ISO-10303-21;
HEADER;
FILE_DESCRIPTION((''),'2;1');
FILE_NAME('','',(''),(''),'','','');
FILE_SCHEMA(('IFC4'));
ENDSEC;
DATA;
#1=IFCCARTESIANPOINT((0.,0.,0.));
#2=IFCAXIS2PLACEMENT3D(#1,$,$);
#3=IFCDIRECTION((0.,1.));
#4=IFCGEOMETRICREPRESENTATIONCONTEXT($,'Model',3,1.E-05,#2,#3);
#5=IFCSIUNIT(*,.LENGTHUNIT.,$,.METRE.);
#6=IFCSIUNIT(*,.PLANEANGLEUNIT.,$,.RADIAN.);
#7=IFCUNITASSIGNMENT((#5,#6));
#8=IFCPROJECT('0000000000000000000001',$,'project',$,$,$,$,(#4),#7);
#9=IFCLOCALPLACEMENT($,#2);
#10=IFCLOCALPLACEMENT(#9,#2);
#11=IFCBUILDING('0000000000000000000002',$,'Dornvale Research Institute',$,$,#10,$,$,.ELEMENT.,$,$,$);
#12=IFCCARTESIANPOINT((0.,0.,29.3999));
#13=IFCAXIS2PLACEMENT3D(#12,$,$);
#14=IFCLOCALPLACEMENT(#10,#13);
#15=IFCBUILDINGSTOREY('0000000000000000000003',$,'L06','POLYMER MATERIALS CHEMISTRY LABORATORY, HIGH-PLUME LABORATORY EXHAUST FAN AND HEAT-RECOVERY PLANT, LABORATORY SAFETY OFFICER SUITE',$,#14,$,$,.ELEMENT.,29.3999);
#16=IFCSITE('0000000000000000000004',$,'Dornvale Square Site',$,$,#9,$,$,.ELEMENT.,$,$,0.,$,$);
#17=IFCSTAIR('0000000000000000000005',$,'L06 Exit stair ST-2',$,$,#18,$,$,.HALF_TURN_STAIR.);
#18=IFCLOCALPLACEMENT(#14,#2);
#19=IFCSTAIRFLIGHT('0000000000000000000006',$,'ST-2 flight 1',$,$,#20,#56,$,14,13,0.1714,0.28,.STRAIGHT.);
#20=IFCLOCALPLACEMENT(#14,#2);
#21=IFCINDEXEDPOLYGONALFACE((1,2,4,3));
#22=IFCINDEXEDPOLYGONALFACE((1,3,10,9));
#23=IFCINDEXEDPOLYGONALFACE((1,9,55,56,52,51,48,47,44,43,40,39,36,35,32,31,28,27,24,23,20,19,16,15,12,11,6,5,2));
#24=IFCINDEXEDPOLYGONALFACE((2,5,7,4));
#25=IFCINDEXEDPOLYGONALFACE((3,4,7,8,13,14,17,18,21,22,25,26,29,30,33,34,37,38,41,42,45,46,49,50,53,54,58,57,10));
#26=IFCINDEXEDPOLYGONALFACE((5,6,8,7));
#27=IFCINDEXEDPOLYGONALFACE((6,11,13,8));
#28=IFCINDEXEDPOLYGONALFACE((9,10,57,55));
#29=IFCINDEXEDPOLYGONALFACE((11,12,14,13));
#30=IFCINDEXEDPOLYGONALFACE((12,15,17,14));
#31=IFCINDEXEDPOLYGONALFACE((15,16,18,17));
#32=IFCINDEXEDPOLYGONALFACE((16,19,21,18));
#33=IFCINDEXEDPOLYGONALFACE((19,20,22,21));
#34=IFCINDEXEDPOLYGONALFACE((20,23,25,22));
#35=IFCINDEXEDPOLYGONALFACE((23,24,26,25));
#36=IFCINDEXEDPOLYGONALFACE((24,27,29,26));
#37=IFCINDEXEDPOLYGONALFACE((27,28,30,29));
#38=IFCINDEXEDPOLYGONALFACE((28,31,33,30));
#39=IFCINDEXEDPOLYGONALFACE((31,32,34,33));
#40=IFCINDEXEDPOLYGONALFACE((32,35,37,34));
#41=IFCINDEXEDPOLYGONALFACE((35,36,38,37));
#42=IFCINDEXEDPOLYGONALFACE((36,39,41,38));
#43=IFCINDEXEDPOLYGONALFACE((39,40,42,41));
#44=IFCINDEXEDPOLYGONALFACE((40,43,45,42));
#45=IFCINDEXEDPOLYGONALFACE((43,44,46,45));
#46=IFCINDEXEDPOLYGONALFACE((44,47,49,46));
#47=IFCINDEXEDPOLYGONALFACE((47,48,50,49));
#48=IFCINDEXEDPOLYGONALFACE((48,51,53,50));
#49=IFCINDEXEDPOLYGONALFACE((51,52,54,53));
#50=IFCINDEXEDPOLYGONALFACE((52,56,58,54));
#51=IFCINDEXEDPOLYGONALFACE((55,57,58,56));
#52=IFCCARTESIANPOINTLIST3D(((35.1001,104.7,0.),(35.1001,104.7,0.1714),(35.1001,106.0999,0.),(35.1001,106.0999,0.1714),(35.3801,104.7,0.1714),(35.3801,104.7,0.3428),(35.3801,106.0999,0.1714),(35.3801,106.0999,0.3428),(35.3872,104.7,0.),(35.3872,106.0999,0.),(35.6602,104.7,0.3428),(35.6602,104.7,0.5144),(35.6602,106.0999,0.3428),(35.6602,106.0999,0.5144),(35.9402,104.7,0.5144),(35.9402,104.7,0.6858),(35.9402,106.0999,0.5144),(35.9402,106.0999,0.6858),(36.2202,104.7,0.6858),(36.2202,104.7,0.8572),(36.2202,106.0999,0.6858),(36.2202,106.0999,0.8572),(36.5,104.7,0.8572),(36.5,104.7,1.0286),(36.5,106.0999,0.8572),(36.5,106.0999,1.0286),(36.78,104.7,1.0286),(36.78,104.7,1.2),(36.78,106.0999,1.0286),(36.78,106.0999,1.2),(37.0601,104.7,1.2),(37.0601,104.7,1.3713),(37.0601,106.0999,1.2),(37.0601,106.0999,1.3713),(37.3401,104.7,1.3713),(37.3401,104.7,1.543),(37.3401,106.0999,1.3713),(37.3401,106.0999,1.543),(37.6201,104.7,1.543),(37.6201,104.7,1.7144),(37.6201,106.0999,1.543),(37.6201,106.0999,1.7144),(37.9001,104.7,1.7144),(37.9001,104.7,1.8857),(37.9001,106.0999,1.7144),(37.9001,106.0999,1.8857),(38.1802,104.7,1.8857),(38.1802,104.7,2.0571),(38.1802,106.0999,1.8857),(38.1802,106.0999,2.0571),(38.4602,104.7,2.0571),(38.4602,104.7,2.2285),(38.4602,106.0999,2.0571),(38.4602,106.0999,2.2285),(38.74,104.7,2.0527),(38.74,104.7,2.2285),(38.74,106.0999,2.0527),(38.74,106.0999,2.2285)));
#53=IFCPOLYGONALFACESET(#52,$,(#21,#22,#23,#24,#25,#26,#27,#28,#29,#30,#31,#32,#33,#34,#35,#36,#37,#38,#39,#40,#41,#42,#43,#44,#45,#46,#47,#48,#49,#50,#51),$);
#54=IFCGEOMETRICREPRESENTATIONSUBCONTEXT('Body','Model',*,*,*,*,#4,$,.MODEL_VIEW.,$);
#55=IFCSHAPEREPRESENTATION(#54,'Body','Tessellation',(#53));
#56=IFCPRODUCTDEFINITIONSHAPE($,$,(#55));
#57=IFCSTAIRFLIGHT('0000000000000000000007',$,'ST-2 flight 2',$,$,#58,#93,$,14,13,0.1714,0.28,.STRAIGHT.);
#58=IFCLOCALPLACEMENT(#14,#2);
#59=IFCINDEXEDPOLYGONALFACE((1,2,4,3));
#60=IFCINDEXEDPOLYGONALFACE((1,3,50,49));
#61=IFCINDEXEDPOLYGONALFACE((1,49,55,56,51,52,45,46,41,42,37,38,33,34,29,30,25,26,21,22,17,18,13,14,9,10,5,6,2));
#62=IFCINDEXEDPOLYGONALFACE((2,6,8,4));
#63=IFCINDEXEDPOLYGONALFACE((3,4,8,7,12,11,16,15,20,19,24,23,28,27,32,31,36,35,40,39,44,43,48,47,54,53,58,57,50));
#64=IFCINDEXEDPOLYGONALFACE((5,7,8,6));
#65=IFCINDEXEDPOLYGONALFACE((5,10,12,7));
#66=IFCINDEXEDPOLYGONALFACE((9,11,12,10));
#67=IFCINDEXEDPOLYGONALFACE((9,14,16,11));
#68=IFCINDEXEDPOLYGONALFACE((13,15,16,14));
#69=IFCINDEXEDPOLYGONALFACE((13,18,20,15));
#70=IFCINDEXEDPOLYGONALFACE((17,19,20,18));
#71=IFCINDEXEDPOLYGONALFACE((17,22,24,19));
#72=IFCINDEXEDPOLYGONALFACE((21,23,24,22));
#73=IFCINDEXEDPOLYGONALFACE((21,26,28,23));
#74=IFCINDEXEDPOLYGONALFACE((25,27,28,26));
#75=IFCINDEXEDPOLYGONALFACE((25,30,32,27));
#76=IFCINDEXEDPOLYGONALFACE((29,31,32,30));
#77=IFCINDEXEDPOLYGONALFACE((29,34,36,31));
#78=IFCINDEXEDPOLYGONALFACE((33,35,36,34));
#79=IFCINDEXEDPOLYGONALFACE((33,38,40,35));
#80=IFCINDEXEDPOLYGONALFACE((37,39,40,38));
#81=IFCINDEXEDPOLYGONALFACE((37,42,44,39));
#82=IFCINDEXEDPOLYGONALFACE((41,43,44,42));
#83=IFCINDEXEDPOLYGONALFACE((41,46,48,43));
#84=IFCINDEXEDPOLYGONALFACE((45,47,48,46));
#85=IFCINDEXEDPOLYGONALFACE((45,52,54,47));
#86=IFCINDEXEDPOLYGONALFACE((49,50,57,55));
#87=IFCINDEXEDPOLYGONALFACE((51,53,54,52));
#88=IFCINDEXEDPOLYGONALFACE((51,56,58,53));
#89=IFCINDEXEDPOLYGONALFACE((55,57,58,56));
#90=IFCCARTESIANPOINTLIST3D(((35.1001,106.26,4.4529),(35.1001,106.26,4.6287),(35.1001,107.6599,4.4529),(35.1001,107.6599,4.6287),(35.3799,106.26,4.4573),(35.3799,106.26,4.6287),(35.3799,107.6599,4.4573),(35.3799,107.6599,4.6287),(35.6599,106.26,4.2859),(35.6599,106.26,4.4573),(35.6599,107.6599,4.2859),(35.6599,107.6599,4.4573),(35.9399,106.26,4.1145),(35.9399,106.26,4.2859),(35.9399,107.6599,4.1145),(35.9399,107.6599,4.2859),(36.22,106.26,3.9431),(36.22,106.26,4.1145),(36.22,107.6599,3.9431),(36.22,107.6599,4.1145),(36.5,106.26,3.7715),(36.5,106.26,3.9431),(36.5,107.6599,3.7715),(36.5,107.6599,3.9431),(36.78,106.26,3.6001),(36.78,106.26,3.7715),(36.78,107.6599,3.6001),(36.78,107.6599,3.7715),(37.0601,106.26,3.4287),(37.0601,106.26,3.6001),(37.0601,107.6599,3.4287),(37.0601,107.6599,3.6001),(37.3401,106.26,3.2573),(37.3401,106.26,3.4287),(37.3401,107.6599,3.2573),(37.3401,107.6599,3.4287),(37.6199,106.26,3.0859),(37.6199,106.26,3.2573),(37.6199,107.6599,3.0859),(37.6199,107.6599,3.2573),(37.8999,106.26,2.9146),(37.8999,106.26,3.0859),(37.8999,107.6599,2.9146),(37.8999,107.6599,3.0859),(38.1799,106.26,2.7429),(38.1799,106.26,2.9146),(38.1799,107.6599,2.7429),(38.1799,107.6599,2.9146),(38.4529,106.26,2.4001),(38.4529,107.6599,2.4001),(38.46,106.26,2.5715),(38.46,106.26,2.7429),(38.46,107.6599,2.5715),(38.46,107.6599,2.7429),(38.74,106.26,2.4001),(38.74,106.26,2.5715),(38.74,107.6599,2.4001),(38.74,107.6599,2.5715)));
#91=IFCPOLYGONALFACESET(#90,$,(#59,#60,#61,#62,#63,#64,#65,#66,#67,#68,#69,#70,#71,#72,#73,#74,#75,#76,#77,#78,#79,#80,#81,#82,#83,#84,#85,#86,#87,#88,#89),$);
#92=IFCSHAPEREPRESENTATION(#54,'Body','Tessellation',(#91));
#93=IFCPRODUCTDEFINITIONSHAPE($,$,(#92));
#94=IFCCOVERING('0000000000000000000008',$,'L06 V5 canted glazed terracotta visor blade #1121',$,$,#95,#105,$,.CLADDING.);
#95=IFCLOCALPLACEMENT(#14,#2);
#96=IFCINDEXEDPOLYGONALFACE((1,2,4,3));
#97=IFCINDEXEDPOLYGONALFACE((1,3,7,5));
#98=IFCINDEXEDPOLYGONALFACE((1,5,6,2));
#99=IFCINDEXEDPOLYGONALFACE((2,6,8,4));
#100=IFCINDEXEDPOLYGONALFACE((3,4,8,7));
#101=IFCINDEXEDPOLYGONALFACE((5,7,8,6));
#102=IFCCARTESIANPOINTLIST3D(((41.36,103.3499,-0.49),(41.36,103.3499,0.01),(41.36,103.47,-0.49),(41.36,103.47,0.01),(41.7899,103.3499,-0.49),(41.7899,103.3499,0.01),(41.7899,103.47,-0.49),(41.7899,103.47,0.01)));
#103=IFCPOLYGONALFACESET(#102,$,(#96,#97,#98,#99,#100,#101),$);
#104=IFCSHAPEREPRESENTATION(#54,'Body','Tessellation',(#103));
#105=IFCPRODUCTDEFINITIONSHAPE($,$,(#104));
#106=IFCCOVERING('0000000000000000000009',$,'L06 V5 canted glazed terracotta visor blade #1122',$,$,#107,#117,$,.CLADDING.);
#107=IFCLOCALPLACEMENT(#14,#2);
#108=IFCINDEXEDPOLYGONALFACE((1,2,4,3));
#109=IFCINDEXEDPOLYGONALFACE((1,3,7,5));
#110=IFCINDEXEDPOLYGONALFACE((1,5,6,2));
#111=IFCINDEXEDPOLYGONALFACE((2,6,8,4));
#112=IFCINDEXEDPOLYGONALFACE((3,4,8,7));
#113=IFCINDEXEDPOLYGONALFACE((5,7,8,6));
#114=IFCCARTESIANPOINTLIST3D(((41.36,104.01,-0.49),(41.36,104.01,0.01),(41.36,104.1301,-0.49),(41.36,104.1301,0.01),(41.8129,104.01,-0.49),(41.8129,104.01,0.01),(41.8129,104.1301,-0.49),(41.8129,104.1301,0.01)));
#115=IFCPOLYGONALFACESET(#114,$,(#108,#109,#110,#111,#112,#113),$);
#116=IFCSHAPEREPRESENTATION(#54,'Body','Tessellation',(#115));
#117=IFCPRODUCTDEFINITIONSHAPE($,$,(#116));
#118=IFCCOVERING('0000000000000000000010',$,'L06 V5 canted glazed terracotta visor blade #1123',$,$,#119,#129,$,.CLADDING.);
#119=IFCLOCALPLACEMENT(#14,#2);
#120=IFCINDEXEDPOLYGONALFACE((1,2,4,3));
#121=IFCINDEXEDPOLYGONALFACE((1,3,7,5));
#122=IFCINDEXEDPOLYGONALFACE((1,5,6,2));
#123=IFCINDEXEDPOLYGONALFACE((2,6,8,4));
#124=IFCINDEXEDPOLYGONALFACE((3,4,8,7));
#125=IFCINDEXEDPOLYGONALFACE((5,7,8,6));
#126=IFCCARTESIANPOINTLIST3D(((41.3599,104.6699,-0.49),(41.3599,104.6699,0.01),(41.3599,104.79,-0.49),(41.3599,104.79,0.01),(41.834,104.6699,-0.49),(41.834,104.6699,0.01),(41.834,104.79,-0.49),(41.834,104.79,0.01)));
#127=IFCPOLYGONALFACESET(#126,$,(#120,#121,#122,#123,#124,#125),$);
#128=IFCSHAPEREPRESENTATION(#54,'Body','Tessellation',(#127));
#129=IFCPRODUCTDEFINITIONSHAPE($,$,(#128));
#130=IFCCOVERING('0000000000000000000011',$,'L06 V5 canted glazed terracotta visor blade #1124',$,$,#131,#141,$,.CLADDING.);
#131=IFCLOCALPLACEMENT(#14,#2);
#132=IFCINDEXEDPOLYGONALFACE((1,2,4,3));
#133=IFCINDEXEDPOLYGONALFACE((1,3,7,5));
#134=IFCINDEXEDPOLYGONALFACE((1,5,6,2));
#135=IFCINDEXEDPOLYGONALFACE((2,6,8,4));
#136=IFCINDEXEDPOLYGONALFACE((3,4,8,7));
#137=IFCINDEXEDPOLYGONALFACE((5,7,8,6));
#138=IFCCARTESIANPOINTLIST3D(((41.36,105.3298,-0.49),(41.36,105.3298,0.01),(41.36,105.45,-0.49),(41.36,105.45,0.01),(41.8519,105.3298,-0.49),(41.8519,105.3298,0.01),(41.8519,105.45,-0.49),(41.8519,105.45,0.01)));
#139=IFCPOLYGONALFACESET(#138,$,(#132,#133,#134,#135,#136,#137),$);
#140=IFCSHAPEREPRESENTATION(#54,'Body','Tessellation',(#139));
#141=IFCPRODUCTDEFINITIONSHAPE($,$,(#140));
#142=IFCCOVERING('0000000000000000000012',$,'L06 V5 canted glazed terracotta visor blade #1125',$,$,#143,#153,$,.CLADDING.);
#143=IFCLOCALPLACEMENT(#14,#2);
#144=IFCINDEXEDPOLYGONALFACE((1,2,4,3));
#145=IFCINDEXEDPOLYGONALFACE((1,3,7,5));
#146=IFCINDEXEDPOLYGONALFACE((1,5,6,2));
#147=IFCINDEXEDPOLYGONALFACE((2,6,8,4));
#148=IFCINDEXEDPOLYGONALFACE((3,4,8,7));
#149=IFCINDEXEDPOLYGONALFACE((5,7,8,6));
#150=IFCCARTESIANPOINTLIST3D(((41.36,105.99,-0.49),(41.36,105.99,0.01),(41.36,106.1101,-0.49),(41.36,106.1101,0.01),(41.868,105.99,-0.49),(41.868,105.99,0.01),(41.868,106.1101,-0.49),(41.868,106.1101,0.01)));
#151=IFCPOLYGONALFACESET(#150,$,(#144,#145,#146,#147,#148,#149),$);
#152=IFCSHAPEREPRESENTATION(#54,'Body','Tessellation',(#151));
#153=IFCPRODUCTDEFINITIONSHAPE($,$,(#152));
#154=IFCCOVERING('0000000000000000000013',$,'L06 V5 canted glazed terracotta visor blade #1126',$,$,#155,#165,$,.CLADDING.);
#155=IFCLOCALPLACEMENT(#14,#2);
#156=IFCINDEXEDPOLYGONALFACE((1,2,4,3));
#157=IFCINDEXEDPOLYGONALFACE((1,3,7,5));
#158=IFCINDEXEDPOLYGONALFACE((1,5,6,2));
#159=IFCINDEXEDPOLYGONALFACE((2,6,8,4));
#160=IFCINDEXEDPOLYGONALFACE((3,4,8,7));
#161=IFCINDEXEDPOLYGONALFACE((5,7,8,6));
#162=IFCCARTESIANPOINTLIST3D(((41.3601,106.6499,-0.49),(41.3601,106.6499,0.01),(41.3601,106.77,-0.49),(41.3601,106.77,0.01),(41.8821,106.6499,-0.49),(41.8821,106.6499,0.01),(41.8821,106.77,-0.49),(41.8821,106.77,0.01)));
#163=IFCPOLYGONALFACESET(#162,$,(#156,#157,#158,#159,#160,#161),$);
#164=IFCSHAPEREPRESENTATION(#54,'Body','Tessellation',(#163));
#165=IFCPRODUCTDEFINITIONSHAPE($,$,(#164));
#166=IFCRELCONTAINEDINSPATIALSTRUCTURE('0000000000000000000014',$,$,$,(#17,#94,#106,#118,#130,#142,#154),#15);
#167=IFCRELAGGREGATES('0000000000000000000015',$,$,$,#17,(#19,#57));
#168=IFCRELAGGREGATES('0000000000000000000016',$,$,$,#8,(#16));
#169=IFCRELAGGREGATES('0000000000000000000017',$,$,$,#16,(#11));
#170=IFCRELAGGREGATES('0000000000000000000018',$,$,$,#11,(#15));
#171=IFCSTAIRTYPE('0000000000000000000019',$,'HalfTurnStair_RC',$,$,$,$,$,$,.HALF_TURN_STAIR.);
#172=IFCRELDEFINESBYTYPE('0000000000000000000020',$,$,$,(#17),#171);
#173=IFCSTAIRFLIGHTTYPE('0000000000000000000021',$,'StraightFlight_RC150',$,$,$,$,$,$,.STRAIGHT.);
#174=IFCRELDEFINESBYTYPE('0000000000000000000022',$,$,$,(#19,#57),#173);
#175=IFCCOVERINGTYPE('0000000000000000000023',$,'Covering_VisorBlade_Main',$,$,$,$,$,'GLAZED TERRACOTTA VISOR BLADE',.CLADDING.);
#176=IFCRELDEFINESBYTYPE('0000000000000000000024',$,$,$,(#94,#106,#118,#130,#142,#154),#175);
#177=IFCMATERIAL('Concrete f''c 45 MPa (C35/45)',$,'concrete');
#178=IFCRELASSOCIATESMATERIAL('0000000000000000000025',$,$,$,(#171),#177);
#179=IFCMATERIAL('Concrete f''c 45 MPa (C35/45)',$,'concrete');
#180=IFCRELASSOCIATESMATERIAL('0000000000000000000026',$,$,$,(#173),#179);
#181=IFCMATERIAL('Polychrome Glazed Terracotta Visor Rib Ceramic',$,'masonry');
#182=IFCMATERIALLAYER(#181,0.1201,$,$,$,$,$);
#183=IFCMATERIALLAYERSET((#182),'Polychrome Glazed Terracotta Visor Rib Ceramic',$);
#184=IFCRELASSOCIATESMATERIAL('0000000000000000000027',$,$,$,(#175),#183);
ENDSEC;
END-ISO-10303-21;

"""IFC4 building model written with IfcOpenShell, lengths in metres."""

from ifc_helpers import new_model, si_unit, direction, frame, origin, origin_2d, place, context, subcontext, project, spatial, polyline, rectangle, outline, extrude, material, layer, layer_set, type_object, element, aggregate, save


model = new_model("IFC4")

# Units and contexts
model_context = context("Model", 3, precision=1e-05, world=origin(), true_north=direction((0.0, 1.0)))
body_context = subcontext(model_context, "Body", "Model", "MODEL_VIEW")
ifc_project = project(units=[si_unit("LENGTHUNIT", "METRE"), si_unit("PLANEANGLEUNIT", "RADIAN")], contexts=[model_context])

# Site, building, storey
site_placement = place(None, origin())
site = spatial("IfcSite", under=ifc_project, at=site_placement, Name="Dornvale Square Site", CompositionType="ELEMENT", RefElevation=0.0)
building_placement = place(site_placement, origin())
building = spatial("IfcBuilding", under=site, at=building_placement, Name="Dornvale Research Institute", CompositionType="ELEMENT")
storey_placement = place(building_placement, frame((0.0, 0.0, 29.3999)))
storey = spatial("IfcBuildingStorey", under=building, at=storey_placement, Name="L06", Description="POLYMER MATERIALS CHEMISTRY LABORATORY, HIGH-PLUME LABORATORY EXHAUST FAN AND HEAT-RECOVERY PLANT, LABORATORY SAFETY OFFICER SUITE", CompositionType="ELEMENT", Elevation=29.3999)

# Stair, stair flights
ifc_material_1 = material(Name="Concrete f'c 45 MPa (C35/45)", Category="concrete")
stair_type = type_object("IfcStairType", Name="HalfTurnStair_RC", PredefinedType="HALF_TURN_STAIR", material=ifc_material_1)
stair_placement = place(storey_placement, origin())
stair = element("IfcStair", 1, at=stair_placement, inside=storey, type_object=stair_type, Name="L06 Exit stair ST-2", PredefinedType="HALF_TURN_STAIR")
ifc_material_2 = material(Name="Concrete f'c 45 MPa (C35/45)", Category="concrete")
stair_flight_type = type_object("IfcStairFlightType", Name="StraightFlight_RC150", PredefinedType="STRAIGHT", material=ifc_material_2)
stair_flight_1_placement = place(storey_placement, frame((35.1001, 105.3999, 0.0), z_axis=(0.0, 0.0, 1.0), x_axis=(1.0, 0.0, 0.0)))
stair_flight_1 = element("IfcStairFlight", 2, at=stair_flight_1_placement, type_object=stair_flight_type, Name="ST-2 flight 1", NumberOfRisers=14, NumberOfTreads=13, PredefinedType="STRAIGHT", RiserHeight=0.1714, TreadLength=0.28, context=body_context, shape_type="SweptSolid", body=[
    extrude(outline(polyline([(0.0, 0.0), (0.0, 0.1714), (0.28, 0.1714), (0.28, 0.3428), (0.5601, 0.3428), (0.5601, 0.5144), (0.8401, 0.5144), (0.8401, 0.6858), (1.1201, 0.6858), (1.1201, 0.8572), (1.3999, 0.8572), (1.3999, 1.0286), (1.6799, 1.0286), (1.6799, 1.2), (1.96, 1.2), (1.96, 1.3713), (2.24, 1.3713), (2.24, 1.543), (2.52, 1.543), (2.52, 1.7144), (2.8, 1.7144), (2.8, 1.8857), (3.0801, 1.8857), (3.0801, 2.0571), (3.3601, 2.0571), (3.3601, 2.2285), (3.6399, 2.2285), (3.6399, 2.3999), (3.6399, 2.0527), (0.2871, 0.0), (0.0, 0.0)])), frame((0.0, 0.7, 0.0), z_axis=(0.0, -1.0, 0.0), x_axis=(1.0, 0.0, 0.0)), (0.0, 0.0, 1.0), 1.3999),
])
stair_flight_2_placement = place(storey_placement, frame((38.74, 106.96, 2.4001), z_axis=(0.0, 0.0, 1.0), x_axis=(-1.0, 0.0, 0.0)))
stair_flight_2 = element("IfcStairFlight", 3, at=stair_flight_2_placement, type_object=stair_flight_type, Name="ST-2 flight 2", NumberOfRisers=14, NumberOfTreads=13, PredefinedType="STRAIGHT", RiserHeight=0.1714, TreadLength=0.28, context=body_context, shape_type="SweptSolid", body=[
    extrude(outline(polyline([(0.0, 0.0), (0.0, 0.1714), (0.28, 0.1714), (0.28, 0.3428), (0.5601, 0.3428), (0.5601, 0.5144), (0.8401, 0.5144), (0.8401, 0.6858), (1.1201, 0.6858), (1.1201, 0.8572), (1.3999, 0.8572), (1.3999, 1.0286), (1.6799, 1.0286), (1.6799, 1.2), (1.96, 1.2), (1.96, 1.3713), (2.24, 1.3713), (2.24, 1.543), (2.52, 1.543), (2.52, 1.7144), (2.8, 1.7144), (2.8, 1.8857), (3.0801, 1.8857), (3.0801, 2.0571), (3.3601, 2.0571), (3.3601, 2.2285), (3.6399, 2.2285), (3.6399, 2.3999), (3.6399, 2.0527), (0.2871, 0.0), (0.0, 0.0)])), frame((0.0, 0.7, 0.0), z_axis=(0.0, -1.0, 0.0), x_axis=(1.0, 0.0, 0.0)), (0.0, 0.0, 1.0), 1.3999),
])
aggregate(stair, [stair_flight_1, stair_flight_2])

# Coverings
ifc_material_3 = material(Name="Polychrome Glazed Terracotta Visor Rib Ceramic", Category="masonry")
ifc_layer_1 = layer(ifc_material_3, 0.1201)
ifc_layer_set_1 = layer_set([ifc_layer_1], Name="Polychrome Glazed Terracotta Visor Rib Ceramic")
covering_type = type_object("IfcCoveringType", Name="Covering_VisorBlade_Main", ElementType="GLAZED TERRACOTTA VISOR BLADE", PredefinedType="CLADDING", material=ifc_layer_set_1)
covering_1_placement = place(storey_placement, frame((41.575, 103.4099, -0.49), z_axis=(0.0, 0.0, 1.0), x_axis=(1.0, 0.0, 0.0)))
element("IfcCovering", 4, at=covering_1_placement, inside=storey, type_object=covering_type, Name="L06 V5 canted glazed terracotta visor blade #1121", PredefinedType="CLADDING", context=body_context, shape_type="SweptSolid", body=[
    extrude(rectangle(XDim=0.4299, YDim=0.1201, at=origin_2d()), origin(), (0.0, 0.0, 1.0), 0.5),
])
covering_2_placement = place(storey_placement, frame((41.5864, 104.0701, -0.49), z_axis=(0.0, 0.0, 1.0), x_axis=(1.0, 0.0, 0.0)))
element("IfcCovering", 5, at=covering_2_placement, inside=storey, type_object=covering_type, Name="L06 V5 canted glazed terracotta visor blade #1122", PredefinedType="CLADDING", context=body_context, shape_type="SweptSolid", body=[
    extrude(rectangle(XDim=0.4529, YDim=0.1201, at=origin_2d()), origin(), (0.0, 0.0, 1.0), 0.5),
])
covering_3_placement = place(storey_placement, frame((41.5969, 104.73, -0.49), z_axis=(0.0, 0.0, 1.0), x_axis=(1.0, 0.0, 0.0)))
element("IfcCovering", 6, at=covering_3_placement, inside=storey, type_object=covering_type, Name="L06 V5 canted glazed terracotta visor blade #1123", PredefinedType="CLADDING", context=body_context, shape_type="SweptSolid", body=[
    extrude(rectangle(XDim=0.4741, YDim=0.1201, at=origin_2d()), origin(), (0.0, 0.0, 1.0), 0.5),
])
covering_4_placement = place(storey_placement, frame((41.606, 105.3899, -0.49), z_axis=(0.0, 0.0, 1.0), x_axis=(1.0, 0.0, 0.0)))
element("IfcCovering", 7, at=covering_4_placement, inside=storey, type_object=covering_type, Name="L06 V5 canted glazed terracotta visor blade #1124", PredefinedType="CLADDING", context=body_context, shape_type="SweptSolid", body=[
    extrude(rectangle(XDim=0.4919, YDim=0.1201, at=origin_2d()), origin(), (0.0, 0.0, 1.0), 0.5),
])
covering_5_placement = place(storey_placement, frame((41.614, 106.05, -0.49), z_axis=(0.0, 0.0, 1.0), x_axis=(1.0, 0.0, 0.0)))
element("IfcCovering", 8, at=covering_5_placement, inside=storey, type_object=covering_type, Name="L06 V5 canted glazed terracotta visor blade #1125", PredefinedType="CLADDING", context=body_context, shape_type="SweptSolid", body=[
    extrude(rectangle(XDim=0.5081, YDim=0.1201, at=origin_2d()), origin(), (0.0, 0.0, 1.0), 0.5),
])
covering_6_placement = place(storey_placement, frame((41.6211, 106.71, -0.49), z_axis=(0.0, 0.0, 1.0), x_axis=(1.0, 0.0, 0.0)))
element("IfcCovering", 9, at=covering_6_placement, inside=storey, type_object=covering_type, Name="L06 V5 canted glazed terracotta visor blade #1126", PredefinedType="CLADDING", context=body_context, shape_type="SweptSolid", body=[
    extrude(rectangle(XDim=0.522, YDim=0.1201, at=origin_2d()), origin(), (0.0, 0.0, 1.0), 0.5),
])

save(model, "model.ifc")
